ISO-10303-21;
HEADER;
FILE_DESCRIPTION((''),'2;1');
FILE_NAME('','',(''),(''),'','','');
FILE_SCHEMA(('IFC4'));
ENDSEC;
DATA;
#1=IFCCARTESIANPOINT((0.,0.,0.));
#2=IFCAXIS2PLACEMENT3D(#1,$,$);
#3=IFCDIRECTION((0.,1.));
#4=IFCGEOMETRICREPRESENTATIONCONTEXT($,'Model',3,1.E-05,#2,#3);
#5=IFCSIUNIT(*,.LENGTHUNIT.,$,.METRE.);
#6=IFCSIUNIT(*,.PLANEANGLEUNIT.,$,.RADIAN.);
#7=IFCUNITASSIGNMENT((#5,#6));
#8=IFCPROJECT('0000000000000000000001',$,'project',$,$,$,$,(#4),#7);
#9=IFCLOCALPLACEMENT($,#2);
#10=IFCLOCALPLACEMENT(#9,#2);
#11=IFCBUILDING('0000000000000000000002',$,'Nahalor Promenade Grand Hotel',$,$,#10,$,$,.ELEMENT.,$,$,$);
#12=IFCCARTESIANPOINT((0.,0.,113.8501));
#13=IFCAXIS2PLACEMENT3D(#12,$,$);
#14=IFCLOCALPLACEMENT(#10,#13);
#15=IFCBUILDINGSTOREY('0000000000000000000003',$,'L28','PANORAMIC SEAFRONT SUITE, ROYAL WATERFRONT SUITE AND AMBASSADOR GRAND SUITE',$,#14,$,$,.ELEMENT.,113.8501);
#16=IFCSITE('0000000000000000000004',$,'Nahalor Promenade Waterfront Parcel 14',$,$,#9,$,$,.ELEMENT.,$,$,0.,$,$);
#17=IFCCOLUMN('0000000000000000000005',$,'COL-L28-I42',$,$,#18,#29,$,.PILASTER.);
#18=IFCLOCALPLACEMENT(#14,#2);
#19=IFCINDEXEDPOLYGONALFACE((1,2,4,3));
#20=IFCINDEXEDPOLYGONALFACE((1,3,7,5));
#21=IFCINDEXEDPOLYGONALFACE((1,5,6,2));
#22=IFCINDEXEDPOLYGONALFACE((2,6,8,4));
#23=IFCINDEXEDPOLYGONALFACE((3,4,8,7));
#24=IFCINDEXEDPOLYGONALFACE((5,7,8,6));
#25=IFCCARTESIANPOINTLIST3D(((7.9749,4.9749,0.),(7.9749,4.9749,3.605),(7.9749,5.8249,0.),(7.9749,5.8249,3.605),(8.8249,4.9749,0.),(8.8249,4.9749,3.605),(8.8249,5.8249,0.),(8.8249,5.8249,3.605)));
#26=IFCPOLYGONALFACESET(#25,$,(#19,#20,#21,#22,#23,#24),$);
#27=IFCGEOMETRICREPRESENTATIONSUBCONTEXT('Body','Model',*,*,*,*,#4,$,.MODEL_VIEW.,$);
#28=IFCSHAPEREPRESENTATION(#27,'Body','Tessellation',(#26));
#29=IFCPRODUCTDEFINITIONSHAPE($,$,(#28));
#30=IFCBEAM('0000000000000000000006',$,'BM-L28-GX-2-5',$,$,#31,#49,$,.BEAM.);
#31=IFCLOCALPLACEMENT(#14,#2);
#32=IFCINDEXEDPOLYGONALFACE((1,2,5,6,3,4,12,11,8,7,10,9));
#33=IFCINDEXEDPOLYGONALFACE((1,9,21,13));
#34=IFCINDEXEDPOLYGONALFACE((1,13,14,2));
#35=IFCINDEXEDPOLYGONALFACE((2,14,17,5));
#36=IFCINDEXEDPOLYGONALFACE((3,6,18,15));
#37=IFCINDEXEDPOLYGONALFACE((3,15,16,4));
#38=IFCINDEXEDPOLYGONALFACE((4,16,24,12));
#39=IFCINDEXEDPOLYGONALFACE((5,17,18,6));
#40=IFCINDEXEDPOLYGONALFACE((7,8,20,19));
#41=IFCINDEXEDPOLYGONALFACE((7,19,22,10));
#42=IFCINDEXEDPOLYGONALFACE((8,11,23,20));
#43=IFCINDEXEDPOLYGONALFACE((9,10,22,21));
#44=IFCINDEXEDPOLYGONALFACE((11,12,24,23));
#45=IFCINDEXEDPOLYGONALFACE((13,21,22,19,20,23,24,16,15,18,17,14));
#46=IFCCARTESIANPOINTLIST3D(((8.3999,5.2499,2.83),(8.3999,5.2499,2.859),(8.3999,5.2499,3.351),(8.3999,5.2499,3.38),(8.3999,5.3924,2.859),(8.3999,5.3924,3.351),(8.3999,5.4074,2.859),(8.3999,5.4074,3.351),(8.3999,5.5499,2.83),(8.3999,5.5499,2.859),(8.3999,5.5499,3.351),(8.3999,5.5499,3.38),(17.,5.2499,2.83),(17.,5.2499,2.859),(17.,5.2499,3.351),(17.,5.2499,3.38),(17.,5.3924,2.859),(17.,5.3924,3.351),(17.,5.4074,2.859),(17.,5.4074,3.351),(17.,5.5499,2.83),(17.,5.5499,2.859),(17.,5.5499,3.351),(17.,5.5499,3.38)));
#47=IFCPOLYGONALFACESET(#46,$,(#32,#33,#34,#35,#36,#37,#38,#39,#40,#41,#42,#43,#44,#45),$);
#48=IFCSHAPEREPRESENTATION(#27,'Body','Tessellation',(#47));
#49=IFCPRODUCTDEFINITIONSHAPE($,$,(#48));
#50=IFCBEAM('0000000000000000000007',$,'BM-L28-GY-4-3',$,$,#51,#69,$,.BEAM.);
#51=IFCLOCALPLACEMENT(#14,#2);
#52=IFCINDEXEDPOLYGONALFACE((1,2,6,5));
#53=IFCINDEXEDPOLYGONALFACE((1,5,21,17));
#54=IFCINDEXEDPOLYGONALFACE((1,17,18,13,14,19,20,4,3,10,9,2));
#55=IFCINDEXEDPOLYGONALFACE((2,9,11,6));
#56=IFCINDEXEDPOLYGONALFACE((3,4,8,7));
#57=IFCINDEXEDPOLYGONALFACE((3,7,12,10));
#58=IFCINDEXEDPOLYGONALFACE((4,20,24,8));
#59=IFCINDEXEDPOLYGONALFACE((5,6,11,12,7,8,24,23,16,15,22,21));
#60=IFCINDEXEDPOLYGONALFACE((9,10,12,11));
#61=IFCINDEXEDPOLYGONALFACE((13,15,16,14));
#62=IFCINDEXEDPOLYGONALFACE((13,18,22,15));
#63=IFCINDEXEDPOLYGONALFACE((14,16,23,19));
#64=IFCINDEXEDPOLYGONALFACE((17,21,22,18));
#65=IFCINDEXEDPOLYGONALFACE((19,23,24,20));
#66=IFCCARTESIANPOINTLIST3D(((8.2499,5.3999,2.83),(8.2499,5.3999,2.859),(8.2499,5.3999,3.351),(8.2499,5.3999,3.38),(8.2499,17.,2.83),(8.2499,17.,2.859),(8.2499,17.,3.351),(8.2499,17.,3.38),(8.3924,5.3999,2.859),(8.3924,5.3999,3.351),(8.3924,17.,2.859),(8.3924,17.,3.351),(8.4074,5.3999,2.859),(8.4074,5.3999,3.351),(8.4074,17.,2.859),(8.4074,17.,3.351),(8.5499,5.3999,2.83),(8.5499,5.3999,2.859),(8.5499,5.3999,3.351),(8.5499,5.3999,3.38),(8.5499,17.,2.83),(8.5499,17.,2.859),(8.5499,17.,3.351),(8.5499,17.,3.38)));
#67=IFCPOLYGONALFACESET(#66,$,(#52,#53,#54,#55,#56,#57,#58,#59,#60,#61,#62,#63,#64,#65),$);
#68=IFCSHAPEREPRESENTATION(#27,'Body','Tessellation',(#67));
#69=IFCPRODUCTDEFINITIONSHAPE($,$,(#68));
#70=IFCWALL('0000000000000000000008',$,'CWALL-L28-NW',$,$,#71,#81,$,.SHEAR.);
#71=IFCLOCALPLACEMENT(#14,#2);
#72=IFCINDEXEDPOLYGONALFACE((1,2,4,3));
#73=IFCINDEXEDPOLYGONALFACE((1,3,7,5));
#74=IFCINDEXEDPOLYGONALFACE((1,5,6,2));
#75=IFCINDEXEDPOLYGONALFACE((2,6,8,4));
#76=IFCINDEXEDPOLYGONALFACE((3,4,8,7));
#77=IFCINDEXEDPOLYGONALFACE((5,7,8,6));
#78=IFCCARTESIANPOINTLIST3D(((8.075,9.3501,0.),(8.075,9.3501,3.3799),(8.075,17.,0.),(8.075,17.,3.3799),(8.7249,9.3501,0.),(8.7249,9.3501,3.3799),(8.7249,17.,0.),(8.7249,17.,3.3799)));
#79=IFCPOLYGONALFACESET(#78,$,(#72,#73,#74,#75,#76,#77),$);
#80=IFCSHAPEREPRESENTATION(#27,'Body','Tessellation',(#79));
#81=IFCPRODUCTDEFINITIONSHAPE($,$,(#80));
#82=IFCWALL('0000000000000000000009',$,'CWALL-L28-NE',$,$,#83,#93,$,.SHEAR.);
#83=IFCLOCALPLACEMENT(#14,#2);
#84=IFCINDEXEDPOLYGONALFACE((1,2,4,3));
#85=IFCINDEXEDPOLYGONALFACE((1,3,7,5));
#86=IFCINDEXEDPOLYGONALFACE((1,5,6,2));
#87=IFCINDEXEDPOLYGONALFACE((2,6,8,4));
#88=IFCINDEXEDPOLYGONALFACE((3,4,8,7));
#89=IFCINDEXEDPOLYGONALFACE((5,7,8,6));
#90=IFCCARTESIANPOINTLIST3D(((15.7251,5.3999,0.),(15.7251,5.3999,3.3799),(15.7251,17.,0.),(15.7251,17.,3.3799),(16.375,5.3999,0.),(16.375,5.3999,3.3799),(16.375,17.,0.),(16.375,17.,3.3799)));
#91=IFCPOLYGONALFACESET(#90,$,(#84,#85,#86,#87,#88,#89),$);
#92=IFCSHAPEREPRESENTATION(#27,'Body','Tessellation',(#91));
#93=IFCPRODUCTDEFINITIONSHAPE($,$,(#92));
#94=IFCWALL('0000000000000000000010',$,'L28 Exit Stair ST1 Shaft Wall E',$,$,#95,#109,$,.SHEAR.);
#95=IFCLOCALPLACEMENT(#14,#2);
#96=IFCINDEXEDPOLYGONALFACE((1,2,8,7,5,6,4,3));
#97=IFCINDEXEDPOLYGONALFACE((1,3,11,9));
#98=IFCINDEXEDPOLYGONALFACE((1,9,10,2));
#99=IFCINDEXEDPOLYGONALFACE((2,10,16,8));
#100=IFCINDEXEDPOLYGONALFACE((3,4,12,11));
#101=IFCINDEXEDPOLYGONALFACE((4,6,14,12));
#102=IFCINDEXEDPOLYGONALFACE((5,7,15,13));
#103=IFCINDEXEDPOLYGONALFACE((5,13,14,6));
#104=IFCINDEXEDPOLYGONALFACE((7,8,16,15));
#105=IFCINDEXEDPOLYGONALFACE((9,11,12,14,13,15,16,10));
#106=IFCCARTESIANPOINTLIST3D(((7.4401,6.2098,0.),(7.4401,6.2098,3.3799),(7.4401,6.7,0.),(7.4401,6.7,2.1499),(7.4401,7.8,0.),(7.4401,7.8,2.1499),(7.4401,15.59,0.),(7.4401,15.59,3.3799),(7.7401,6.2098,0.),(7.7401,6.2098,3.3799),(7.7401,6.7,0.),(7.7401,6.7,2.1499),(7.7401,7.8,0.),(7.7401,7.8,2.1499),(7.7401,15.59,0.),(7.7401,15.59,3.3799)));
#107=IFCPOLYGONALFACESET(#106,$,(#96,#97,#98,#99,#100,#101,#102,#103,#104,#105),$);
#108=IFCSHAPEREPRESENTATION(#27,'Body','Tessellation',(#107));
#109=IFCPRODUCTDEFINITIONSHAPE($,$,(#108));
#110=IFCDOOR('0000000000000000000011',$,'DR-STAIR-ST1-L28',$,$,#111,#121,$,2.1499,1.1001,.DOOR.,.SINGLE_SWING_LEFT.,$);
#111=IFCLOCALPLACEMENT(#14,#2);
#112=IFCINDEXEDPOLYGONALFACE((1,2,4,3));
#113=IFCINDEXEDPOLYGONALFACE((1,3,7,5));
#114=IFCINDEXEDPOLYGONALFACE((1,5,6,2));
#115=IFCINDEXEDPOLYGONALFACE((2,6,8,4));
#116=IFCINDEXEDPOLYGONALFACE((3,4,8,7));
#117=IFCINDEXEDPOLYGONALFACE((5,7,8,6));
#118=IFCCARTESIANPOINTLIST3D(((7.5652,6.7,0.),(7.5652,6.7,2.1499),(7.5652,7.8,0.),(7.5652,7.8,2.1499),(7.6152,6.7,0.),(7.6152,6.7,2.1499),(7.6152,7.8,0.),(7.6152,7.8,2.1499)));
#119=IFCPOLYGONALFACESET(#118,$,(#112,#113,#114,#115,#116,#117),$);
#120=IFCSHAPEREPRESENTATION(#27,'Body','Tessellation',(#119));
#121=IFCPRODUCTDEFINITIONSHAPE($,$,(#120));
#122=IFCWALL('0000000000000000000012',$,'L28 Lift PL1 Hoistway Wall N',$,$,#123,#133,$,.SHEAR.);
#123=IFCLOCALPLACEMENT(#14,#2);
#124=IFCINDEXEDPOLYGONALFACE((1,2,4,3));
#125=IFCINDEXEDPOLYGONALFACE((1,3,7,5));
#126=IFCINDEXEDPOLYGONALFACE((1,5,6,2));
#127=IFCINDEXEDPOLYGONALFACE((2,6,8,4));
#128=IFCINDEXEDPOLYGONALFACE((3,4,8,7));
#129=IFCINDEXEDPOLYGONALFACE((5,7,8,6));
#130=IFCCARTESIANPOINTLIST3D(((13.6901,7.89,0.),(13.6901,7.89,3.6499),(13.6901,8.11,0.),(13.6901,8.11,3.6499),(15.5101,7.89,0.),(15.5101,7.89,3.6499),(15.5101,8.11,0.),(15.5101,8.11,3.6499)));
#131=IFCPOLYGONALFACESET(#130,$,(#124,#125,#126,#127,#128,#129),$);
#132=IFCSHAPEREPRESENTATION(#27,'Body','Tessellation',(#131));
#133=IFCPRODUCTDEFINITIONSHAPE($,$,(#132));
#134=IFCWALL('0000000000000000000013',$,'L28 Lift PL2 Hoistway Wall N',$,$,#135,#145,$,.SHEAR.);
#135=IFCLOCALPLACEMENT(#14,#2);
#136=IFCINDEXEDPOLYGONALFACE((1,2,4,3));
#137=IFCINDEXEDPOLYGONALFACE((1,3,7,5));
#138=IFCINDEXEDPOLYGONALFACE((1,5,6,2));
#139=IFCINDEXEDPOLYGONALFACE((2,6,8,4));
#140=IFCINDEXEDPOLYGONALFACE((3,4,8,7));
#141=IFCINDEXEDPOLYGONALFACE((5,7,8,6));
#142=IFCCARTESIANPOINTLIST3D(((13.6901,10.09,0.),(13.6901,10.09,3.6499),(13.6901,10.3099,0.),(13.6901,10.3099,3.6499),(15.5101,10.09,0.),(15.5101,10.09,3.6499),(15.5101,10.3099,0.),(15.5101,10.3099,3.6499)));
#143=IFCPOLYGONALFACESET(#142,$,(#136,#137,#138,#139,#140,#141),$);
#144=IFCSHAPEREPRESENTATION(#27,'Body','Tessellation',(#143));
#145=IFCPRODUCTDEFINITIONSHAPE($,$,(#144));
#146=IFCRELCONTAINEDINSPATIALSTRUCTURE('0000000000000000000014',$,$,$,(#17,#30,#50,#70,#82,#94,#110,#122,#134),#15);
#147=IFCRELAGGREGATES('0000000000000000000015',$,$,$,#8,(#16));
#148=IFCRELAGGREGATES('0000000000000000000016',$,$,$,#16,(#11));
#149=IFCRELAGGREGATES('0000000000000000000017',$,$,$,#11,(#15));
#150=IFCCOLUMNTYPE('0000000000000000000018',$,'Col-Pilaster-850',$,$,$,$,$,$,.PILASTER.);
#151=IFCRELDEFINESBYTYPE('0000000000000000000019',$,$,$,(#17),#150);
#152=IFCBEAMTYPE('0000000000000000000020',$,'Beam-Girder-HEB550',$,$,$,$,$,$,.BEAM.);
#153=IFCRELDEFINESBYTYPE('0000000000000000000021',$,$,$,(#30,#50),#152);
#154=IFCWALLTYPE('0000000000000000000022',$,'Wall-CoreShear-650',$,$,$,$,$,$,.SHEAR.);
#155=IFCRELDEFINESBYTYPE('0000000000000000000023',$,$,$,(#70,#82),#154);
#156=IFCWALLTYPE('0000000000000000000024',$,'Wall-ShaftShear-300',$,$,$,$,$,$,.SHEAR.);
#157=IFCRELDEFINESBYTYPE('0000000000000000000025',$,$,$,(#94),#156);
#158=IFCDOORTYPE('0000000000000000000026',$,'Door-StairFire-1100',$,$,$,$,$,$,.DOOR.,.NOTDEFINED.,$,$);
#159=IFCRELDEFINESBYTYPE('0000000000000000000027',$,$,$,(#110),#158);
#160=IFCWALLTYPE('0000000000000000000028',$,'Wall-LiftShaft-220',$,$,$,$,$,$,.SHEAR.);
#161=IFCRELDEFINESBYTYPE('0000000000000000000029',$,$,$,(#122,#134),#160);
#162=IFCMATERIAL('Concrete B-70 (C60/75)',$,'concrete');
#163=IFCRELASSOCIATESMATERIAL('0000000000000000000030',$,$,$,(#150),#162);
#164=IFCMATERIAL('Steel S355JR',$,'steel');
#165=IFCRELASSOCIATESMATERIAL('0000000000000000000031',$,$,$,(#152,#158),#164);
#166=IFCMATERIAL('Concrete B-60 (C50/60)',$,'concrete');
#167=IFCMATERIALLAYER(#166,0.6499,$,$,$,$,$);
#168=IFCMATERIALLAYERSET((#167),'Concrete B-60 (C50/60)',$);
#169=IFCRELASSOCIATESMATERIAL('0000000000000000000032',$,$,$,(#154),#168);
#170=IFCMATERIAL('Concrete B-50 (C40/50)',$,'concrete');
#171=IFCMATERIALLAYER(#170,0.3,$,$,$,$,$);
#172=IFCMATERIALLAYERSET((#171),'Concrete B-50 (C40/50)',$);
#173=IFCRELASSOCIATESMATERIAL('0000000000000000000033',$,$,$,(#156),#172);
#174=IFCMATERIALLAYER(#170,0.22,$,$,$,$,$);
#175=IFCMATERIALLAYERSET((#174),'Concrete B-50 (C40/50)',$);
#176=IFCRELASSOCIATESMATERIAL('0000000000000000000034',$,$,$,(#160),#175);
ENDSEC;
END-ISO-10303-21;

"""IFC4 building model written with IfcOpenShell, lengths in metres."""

from ifc_helpers import new_model, si_unit, direction, frame, frame_2d, origin, origin_2d, place, context, subcontext, project, spatial, rectangle, i_section, extrude, source, transform, mapped, material, layer, layer_set, material_profile, profile_set, type_object, element, fill, save


model = new_model("IFC4")

# Units and contexts
model_context = context("Model", 3, precision=1e-05, world=origin(), true_north=direction((0.0, 1.0)))
body_context = subcontext(model_context, "Body", "Model", "MODEL_VIEW")
ifc_project = project(units=[si_unit("LENGTHUNIT", "METRE"), si_unit("PLANEANGLEUNIT", "RADIAN")], contexts=[model_context])

# Site, building, storey
site_placement = place(None, origin())
site = spatial("IfcSite", under=ifc_project, at=site_placement, Name="Nahalor Promenade Waterfront Parcel 14", CompositionType="ELEMENT", RefElevation=0.0)
building_placement = place(site_placement, origin())
building = spatial("IfcBuilding", under=site, at=building_placement, Name="Nahalor Promenade Grand Hotel", CompositionType="ELEMENT")
storey_placement = place(building_placement, frame((0.0, 0.0, 113.8501)))
storey = spatial("IfcBuildingStorey", under=building, at=storey_placement, Name="L28", Description="PANORAMIC SEAFRONT SUITE, ROYAL WATERFRONT SUITE AND AMBASSADOR GRAND SUITE", CompositionType="ELEMENT", Elevation=113.8501)

# Column
ifc_material_1 = material(Name="Concrete B-70 (C60/75)", Category="concrete")
ifc_material_profile_1 = material_profile(ifc_material_1, rectangle(XDim=0.85, YDim=0.85, at=origin_2d()), Name="RC 850x850")
ifc_profile_set_1 = profile_set([ifc_material_profile_1], Name="Concrete B-70 (C60/75)")
column_type = type_object("IfcColumnType", Name="Col-Pilaster-850", PredefinedType="PILASTER", material=ifc_profile_set_1)
shared_shape_1 = source(origin(), body_context, "Body", "SweptSolid", [
    extrude(rectangle(XDim=0.85, YDim=0.85, at=origin_2d()), origin(), (0.0, 0.0, 1.0), 3.605),
])
column_placement = place(storey_placement, frame((8.3999, 5.3999, 0.0), z_axis=(0.0, 0.0, 1.0), x_axis=(1.0, 0.0, 0.0)))
element("IfcColumn", 1, at=column_placement, inside=storey, type_object=column_type, Name="COL-L28-I42", PredefinedType="PILASTER", context=body_context, shape_type="MappedRepresentation", body=[
    mapped(shared_shape_1, transform((0.0, 0.0, 0.0), scale=1.0)),
])

# Beams
ifc_material_2 = material(Name="Steel S355JR", Category="steel")
ifc_material_profile_2 = material_profile(ifc_material_2, i_section(OverallWidth=0.3, OverallDepth=0.55, WebThickness=0.015, FlangeThickness=0.029, at=origin_2d()), Name="HEB 550")
ifc_profile_set_2 = profile_set([ifc_material_profile_2], Name="Steel S355JR")
beam_type = type_object("IfcBeamType", Name="Beam-Girder-HEB550", PredefinedType="BEAM", material=ifc_profile_set_2)
shared_shape_2 = source(origin(), body_context, "Body", "SweptSolid", [
    extrude(i_section(OverallWidth=0.3, OverallDepth=0.55, WebThickness=0.015, FlangeThickness=0.029, at=origin_2d()), origin(), (0.0, 0.0, 1.0), 8.6001),
])
beam_1_placement = place(storey_placement, frame((8.3999, 5.3999, 3.105), z_axis=(1.0, 0.0, 0.0), x_axis=(0.0, 1.0, 0.0)))
element("IfcBeam", 2, at=beam_1_placement, inside=storey, type_object=beam_type, Name="BM-L28-GX-2-5", PredefinedType="BEAM", context=body_context, shape_type="MappedRepresentation", body=[
    mapped(shared_shape_2, transform((0.0, 0.0, 0.0), scale=1.0)),
])
shared_shape_3 = source(origin(), body_context, "Body", "SweptSolid", [
    extrude(i_section(OverallWidth=0.3, OverallDepth=0.55, WebThickness=0.015, FlangeThickness=0.029, at=origin_2d()), origin(), (0.0, 0.0, 1.0), 11.6001),
])
beam_2_placement = place(storey_placement, frame((8.3999, 5.3999, 3.105), z_axis=(0.0, 1.0, 0.0), x_axis=(-1.0, 0.0, 0.0)))
element("IfcBeam", 3, at=beam_2_placement, inside=storey, type_object=beam_type, Name="BM-L28-GY-4-3", PredefinedType="BEAM", context=body_context, shape_type="MappedRepresentation", body=[
    mapped(shared_shape_3, transform((0.0, 0.0, 0.0), scale=1.0)),
])

# Walls
ifc_material_3 = material(Name="Concrete B-60 (C50/60)", Category="concrete")
ifc_layer_1 = layer(ifc_material_3, 0.6499)
ifc_layer_set_1 = layer_set([ifc_layer_1], Name="Concrete B-60 (C50/60)")
wall_type_1 = type_object("IfcWallType", Name="Wall-CoreShear-650", PredefinedType="SHEAR", material=ifc_layer_set_1)
shared_shape_4 = source(origin(), body_context, "Body", "SweptSolid", [
    extrude(rectangle(XDim=7.6499, YDim=0.6499, at=frame_2d((3.825, 0.0))), origin(), (0.0, 0.0, 1.0), 3.3799),
])
wall_1_placement = place(storey_placement, frame((8.3999, 9.3501, 0.0), z_axis=(0.0, 0.0, 1.0), x_axis=(0.0, 1.0, 0.0)))
element("IfcWall", 4, at=wall_1_placement, inside=storey, type_object=wall_type_1, Name="CWALL-L28-NW", PredefinedType="SHEAR", context=body_context, shape_type="MappedRepresentation", body=[
    mapped(shared_shape_4, transform((0.0, 0.0, 0.0), scale=1.0)),
])
shared_shape_5 = source(origin(), body_context, "Body", "SweptSolid", [
    extrude(rectangle(XDim=11.6001, YDim=0.6499, at=frame_2d((5.8, 0.0))), origin(), (0.0, 0.0, 1.0), 3.3799),
])
wall_2_placement = place(storey_placement, frame((16.05, 5.3999, 0.0), z_axis=(0.0, 0.0, 1.0), x_axis=(0.0, 1.0, 0.0)))
element("IfcWall", 5, at=wall_2_placement, inside=storey, type_object=wall_type_1, Name="CWALL-L28-NE", PredefinedType="SHEAR", context=body_context, shape_type="MappedRepresentation", body=[
    mapped(shared_shape_5, transform((0.0, 0.0, 0.0), scale=1.0)),
])

# Wall, opening, door
ifc_material_4 = material(Name="Concrete B-50 (C40/50)", Category="concrete")
ifc_layer_2 = layer(ifc_material_4, 0.3)
ifc_layer_set_2 = layer_set([ifc_layer_2], Name="Concrete B-50 (C40/50)")
wall_type_2 = type_object("IfcWallType", Name="Wall-ShaftShear-300", PredefinedType="SHEAR", material=ifc_layer_set_2)
shared_shape_6 = source(origin(), body_context, "Body", "SweptSolid", [
    extrude(rectangle(XDim=9.3801, YDim=0.3, at=frame_2d((4.6899, 0.0))), origin(), (0.0, 0.0, 1.0), 3.3799),
])
wall_3_placement = place(storey_placement, frame((7.5901, 6.21, 0.0), z_axis=(0.0, 0.0, 1.0), x_axis=(0.0, 1.0, 0.0)))
wall_3 = element("IfcWall", 6, at=wall_3_placement, inside=storey, type_object=wall_type_2, Name="L28 Exit Stair ST1 Shaft Wall E", PredefinedType="SHEAR", context=body_context, shape_type="MappedRepresentation", body=[
    mapped(shared_shape_6, transform((0.0, 0.0, 0.0), scale=1.0)),
])
opening_1_placement = place(wall_3_placement, frame((0.49, 0.0, 0.0)))
opening_1 = element("IfcOpeningElement", 7, at=opening_1_placement, cuts=wall_3, PredefinedType="OPENING", context=body_context, shape_type="SweptSolid", body=[
    extrude(rectangle(XDim=1.1001, YDim=2.1499, at=frame_2d((0.55, 1.075))), frame((0.0, 0.1599, 0.0), z_axis=(0.0, -1.0, 0.0), x_axis=(1.0, 0.0, 0.0)), (0.0, 0.0, 1.0), 0.3201),
])
door_type_1 = type_object("IfcDoorType", Name="Door-StairFire-1100", OperationType="NOTDEFINED", PredefinedType="DOOR", material=ifc_material_2)
shared_shape_7 = source(origin(), body_context, "Body", "SweptSolid", [
    extrude(rectangle(XDim=1.1001, YDim=2.1499, at=frame_2d((0.55, 1.075))), frame((0.0, 0.0249, 0.0), z_axis=(0.0, -1.0, 0.0), x_axis=(1.0, 0.0, 0.0)), (0.0, 0.0, 1.0), 0.05),
])
door_1_placement = place(opening_1_placement, origin())
door_1 = element("IfcDoor", 8, at=door_1_placement, inside=storey, type_object=door_type_1, Name="DR-STAIR-ST1-L28", OperationType="SINGLE_SWING_LEFT", OverallHeight=2.1499, OverallWidth=1.1001, PredefinedType="DOOR", context=body_context, shape_type="MappedRepresentation", body=[
    mapped(shared_shape_7, transform((0.0, 0.0, 0.0), scale=1.0)),
])
fill(opening_1, door_1)

# Walls
ifc_layer_3 = layer(ifc_material_4, 0.22)
ifc_layer_set_3 = layer_set([ifc_layer_3], Name="Concrete B-50 (C40/50)")
wall_type_3 = type_object("IfcWallType", Name="Wall-LiftShaft-220", PredefinedType="SHEAR", material=ifc_layer_set_3)
shared_shape_8 = source(origin(), body_context, "Body", "SweptSolid", [
    extrude(rectangle(XDim=1.8201, YDim=0.22, at=frame_2d((0.9102, 0.0))), origin(), (0.0, 0.0, 1.0), 3.6499),
])
for number, where, z_axis, x_axis, name in (
    (9, (13.6899, 8.0, 0.0), (0.0, 0.0, 1.0), (1.0, 0.0, 0.0), "L28 Lift PL1 Hoistway Wall N"),
    (10, (13.6899, 10.2, 0.0), (0.0, 0.0, 1.0), (1.0, 0.0, 0.0), "L28 Lift PL2 Hoistway Wall N"),
):
    element("IfcWall", number, at=place(storey_placement, frame(where, z_axis=z_axis, x_axis=x_axis)), inside=storey, type_object=wall_type_3, Name=name, PredefinedType="SHEAR", context=body_context, shape_type="MappedRepresentation", body=[
        mapped(shared_shape_8, transform((0.0, 0.0, 0.0), scale=1.0)),
    ])

save(model, "model.ifc")
